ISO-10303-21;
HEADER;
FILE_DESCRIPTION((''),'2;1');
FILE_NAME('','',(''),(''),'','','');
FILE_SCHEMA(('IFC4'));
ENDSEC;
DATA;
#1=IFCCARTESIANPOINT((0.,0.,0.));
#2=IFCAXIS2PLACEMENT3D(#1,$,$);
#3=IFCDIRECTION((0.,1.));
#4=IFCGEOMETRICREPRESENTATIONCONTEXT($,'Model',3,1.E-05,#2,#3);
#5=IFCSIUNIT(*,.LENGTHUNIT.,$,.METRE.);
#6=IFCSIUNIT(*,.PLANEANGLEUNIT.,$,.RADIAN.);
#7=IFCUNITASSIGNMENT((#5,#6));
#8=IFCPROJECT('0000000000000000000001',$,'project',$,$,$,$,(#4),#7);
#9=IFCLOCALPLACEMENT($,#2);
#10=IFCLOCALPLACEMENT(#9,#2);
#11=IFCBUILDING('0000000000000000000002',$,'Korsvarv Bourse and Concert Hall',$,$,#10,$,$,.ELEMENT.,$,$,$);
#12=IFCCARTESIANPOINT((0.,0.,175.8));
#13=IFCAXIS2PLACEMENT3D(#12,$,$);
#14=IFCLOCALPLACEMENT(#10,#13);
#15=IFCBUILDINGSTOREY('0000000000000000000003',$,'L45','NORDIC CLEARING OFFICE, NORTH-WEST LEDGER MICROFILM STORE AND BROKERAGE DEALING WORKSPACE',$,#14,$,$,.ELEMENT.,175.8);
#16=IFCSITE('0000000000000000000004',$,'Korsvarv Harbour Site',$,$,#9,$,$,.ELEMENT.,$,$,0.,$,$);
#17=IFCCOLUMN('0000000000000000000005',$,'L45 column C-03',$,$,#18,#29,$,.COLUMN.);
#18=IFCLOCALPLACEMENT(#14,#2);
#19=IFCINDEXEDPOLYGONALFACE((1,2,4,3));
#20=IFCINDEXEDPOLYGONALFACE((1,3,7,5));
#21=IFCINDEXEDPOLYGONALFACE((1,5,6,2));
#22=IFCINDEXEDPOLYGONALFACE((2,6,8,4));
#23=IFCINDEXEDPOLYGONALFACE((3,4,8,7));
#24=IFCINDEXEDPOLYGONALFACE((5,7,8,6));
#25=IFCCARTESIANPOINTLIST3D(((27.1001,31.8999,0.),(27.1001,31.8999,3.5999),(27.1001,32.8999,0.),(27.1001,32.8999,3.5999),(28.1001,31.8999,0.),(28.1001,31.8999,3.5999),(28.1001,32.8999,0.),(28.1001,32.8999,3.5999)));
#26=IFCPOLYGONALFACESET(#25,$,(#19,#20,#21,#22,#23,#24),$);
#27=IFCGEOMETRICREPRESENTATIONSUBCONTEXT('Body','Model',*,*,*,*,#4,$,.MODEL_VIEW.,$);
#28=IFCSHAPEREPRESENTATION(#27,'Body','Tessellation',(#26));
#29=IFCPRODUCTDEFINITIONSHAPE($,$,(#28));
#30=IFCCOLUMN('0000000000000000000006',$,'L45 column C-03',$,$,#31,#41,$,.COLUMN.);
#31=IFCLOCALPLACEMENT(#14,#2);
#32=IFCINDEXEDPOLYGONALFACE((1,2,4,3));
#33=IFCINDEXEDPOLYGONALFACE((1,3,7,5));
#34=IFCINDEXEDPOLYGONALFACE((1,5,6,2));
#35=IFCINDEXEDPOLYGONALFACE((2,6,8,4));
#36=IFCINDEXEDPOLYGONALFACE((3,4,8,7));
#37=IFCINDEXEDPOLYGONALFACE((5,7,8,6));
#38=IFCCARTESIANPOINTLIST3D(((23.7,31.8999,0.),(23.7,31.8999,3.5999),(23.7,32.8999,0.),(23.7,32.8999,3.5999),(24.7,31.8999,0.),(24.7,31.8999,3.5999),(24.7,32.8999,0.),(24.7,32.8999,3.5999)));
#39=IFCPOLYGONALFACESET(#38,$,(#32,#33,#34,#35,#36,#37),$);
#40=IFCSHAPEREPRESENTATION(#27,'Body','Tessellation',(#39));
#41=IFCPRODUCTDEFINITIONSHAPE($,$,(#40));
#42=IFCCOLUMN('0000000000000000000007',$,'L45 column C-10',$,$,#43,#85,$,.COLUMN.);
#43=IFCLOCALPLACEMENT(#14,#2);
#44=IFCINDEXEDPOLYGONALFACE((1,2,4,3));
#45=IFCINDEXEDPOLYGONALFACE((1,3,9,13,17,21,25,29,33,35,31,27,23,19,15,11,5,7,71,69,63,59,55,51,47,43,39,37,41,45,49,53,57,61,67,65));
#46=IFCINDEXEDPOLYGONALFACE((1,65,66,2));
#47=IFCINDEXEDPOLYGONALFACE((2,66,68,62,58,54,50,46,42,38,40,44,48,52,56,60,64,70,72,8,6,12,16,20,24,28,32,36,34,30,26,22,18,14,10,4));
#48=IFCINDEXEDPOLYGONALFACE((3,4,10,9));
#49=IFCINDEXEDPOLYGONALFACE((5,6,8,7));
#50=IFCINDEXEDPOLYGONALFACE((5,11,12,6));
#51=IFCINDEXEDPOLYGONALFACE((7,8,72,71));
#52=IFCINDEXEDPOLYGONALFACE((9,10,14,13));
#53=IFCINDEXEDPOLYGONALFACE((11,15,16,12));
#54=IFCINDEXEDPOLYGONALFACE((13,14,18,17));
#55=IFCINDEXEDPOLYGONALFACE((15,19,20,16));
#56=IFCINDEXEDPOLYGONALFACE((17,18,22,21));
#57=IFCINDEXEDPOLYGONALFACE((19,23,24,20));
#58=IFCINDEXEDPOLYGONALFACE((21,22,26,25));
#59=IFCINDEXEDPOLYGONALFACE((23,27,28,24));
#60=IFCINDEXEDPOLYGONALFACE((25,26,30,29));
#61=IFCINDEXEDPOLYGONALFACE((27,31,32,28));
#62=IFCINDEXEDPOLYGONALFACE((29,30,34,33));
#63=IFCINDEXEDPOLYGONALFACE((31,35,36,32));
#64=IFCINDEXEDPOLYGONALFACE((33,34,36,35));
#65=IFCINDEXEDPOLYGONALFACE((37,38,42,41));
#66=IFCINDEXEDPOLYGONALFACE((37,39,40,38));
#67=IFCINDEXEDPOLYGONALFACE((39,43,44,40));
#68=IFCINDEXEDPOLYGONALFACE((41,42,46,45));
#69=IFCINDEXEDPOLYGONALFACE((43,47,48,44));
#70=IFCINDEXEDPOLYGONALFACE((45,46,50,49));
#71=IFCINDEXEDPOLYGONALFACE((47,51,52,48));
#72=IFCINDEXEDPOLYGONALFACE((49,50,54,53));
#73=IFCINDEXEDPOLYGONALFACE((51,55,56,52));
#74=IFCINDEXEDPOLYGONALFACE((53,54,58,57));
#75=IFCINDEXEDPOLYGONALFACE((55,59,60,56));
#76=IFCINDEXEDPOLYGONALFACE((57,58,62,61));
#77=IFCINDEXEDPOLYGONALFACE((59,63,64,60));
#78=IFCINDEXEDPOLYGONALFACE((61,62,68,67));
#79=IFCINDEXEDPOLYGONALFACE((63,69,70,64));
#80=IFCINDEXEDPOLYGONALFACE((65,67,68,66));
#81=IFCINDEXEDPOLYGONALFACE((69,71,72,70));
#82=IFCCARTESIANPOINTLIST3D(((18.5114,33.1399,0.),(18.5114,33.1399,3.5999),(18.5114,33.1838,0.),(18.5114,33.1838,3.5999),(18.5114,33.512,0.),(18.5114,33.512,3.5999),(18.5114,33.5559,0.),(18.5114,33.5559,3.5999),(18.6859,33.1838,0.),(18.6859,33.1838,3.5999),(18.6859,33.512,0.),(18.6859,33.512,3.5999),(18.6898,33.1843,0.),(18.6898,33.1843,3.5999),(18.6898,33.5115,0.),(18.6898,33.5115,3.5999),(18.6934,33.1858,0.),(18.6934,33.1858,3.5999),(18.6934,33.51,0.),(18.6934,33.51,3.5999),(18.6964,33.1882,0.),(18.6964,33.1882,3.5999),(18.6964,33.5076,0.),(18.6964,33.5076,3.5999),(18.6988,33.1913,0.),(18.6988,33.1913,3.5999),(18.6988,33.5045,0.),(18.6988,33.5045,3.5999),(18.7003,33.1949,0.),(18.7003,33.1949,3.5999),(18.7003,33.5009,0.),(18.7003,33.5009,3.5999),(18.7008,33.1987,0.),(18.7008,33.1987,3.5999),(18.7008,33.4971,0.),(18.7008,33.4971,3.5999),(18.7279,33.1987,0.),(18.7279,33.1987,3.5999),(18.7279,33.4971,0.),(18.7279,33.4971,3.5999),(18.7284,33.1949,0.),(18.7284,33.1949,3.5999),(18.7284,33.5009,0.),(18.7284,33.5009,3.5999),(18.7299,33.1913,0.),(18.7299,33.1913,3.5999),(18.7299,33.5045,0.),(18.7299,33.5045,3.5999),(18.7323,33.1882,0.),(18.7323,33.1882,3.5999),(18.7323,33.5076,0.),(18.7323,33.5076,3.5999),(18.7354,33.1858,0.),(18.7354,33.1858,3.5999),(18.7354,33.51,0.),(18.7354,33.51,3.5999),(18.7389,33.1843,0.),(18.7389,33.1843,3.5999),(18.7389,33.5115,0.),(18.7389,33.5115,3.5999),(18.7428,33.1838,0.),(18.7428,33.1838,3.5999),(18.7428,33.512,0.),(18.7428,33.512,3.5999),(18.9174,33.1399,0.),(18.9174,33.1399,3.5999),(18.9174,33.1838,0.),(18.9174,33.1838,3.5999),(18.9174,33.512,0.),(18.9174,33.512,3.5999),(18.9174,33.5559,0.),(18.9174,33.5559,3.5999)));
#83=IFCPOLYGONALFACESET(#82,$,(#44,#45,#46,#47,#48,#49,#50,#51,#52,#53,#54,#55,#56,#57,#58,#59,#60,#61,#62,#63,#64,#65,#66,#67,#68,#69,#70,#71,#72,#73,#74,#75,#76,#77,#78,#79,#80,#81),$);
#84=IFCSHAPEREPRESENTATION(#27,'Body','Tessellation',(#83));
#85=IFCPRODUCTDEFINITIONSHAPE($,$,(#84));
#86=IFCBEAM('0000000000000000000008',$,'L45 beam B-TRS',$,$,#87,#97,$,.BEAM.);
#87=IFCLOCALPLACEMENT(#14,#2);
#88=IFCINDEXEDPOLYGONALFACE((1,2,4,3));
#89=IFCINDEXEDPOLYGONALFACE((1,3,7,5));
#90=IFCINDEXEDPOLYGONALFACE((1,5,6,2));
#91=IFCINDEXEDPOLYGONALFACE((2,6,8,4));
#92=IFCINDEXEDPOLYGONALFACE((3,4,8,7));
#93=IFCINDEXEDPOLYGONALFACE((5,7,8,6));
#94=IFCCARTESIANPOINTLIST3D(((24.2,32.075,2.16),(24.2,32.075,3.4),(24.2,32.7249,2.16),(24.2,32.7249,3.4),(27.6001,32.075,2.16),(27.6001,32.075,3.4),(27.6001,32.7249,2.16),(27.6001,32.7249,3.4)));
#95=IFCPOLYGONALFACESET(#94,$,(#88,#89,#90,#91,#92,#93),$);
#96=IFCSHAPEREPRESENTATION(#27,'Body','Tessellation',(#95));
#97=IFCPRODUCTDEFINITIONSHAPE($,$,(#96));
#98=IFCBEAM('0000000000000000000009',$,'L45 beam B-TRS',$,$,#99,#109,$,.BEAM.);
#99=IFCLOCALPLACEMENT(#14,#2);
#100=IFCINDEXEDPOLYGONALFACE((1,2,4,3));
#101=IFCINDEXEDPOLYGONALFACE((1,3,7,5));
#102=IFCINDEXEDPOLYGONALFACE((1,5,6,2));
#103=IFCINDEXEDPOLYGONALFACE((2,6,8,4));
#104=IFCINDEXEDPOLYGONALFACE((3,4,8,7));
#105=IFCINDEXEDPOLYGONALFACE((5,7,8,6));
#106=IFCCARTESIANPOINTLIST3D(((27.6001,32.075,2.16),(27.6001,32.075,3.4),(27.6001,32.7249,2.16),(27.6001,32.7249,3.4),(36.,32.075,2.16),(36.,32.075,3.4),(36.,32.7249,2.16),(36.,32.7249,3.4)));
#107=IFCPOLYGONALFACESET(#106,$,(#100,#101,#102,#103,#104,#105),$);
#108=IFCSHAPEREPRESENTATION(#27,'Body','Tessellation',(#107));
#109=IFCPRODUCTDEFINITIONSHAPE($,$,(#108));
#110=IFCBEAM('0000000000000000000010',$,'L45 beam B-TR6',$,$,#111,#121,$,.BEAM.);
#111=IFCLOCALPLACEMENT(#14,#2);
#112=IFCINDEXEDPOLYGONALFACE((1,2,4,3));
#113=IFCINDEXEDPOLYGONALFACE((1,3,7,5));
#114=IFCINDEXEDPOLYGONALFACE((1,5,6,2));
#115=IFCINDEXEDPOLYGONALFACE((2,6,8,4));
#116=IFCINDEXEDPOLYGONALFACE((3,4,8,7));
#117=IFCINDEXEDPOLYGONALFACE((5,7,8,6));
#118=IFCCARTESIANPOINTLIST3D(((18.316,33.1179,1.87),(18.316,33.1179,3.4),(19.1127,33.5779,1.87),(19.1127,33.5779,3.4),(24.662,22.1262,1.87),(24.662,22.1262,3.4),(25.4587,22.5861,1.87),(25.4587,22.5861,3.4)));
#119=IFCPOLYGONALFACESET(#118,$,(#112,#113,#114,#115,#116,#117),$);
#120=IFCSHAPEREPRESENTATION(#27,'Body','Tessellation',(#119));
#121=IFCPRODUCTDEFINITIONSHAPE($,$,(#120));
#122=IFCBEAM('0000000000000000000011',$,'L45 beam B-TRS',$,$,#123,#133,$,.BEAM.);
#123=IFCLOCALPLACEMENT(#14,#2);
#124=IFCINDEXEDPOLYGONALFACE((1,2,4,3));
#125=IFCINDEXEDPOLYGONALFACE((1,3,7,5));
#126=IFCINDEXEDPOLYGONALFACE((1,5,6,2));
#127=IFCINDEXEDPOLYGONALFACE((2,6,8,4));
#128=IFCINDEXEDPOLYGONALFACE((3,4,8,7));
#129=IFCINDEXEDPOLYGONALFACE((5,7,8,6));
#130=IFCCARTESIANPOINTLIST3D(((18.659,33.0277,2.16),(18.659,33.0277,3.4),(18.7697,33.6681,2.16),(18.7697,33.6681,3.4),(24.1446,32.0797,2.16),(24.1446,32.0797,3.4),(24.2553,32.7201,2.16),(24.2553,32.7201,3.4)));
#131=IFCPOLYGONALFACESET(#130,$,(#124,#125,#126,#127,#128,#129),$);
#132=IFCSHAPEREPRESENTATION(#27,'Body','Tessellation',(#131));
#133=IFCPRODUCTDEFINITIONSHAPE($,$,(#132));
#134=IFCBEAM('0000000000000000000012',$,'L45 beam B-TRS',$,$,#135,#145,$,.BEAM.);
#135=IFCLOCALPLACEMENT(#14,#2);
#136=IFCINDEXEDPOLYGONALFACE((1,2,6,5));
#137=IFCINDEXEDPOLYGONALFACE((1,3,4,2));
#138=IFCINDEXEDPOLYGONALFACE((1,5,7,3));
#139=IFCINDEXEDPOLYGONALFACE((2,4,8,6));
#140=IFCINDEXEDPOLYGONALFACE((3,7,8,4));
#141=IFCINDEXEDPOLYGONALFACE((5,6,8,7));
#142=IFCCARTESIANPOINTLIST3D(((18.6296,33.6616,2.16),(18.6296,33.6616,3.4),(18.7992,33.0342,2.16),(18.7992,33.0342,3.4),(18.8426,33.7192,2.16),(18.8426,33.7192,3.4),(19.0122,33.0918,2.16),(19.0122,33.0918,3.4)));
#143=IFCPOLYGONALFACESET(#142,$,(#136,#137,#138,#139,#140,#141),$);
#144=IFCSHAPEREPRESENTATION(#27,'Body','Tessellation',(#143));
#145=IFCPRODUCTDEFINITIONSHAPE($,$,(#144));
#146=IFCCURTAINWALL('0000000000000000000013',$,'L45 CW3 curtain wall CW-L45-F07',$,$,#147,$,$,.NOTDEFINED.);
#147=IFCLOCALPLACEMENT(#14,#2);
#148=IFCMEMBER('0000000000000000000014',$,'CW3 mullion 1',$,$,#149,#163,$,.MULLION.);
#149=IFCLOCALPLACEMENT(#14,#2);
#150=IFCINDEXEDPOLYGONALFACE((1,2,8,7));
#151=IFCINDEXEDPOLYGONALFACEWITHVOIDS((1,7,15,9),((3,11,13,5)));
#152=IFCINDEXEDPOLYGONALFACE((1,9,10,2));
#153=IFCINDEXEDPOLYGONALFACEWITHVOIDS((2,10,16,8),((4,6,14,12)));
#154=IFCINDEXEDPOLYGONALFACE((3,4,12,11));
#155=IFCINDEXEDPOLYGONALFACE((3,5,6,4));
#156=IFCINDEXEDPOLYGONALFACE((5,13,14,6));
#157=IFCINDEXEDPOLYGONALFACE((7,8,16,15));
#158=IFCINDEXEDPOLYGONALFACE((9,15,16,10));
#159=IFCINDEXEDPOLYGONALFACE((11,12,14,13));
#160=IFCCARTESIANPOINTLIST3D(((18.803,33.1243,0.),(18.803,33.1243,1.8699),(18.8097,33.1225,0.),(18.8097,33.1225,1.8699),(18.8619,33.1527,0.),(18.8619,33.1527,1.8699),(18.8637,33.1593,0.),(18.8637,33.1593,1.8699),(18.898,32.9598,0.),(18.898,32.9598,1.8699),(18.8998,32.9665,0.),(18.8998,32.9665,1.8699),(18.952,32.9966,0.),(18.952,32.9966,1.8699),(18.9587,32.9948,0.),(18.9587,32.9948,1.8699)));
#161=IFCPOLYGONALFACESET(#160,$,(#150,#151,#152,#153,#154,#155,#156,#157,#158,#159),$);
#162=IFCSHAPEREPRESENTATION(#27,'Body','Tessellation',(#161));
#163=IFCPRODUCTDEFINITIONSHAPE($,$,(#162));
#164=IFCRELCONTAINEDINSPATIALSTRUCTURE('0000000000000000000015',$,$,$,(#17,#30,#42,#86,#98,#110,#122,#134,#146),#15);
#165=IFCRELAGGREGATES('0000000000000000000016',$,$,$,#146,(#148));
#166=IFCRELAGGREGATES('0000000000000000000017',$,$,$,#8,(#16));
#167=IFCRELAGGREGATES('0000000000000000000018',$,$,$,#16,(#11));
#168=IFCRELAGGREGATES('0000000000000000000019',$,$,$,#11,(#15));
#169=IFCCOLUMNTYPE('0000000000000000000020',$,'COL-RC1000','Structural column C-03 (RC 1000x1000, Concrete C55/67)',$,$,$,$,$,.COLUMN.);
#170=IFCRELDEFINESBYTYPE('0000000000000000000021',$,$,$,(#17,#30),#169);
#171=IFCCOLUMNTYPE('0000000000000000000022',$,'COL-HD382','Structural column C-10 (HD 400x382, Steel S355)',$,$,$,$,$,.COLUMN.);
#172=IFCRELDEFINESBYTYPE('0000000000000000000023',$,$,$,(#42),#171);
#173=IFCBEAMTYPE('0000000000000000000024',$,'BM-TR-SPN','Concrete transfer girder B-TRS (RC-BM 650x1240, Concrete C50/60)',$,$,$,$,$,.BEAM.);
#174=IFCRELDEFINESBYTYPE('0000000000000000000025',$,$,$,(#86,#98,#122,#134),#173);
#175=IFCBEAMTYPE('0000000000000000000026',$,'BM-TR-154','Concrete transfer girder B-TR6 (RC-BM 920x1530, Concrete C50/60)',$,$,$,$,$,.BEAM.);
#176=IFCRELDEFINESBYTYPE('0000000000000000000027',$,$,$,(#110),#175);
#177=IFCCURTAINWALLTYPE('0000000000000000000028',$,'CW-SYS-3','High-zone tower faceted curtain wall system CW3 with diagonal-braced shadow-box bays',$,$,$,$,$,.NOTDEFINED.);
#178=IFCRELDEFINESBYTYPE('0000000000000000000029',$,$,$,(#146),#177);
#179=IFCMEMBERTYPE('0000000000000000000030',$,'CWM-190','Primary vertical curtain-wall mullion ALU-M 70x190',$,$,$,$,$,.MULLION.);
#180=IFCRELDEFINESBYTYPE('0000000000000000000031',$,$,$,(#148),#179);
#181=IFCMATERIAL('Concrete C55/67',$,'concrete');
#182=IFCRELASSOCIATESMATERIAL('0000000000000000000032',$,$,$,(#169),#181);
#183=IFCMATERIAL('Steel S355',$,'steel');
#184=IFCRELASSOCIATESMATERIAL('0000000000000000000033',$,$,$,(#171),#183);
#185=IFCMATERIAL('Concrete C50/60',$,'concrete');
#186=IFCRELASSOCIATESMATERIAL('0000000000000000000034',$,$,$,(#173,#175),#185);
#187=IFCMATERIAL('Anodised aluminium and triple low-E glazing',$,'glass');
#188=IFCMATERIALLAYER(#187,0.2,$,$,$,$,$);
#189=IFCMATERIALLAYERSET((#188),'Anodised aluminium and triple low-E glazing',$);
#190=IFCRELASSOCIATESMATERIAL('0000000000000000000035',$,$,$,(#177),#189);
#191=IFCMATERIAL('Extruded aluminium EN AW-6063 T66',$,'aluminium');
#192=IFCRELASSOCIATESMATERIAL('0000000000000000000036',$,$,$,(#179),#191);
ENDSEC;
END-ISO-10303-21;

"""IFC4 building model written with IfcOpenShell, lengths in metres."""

from ifc_helpers import new_model, si_unit, direction, frame, origin, origin_2d, place, context, subcontext, project, spatial, rectangle, hollow_rectangle, i_section, extrude, source, transform, mapped, material, layer, layer_set, material_profile, profile_set, type_object, element, aggregate, save


model = new_model("IFC4")

# Units and contexts
model_context = context("Model", 3, precision=1e-05, world=origin(), true_north=direction((0.0, 1.0)))
body_context = subcontext(model_context, "Body", "Model", "MODEL_VIEW")
ifc_project = project(units=[si_unit("LENGTHUNIT", "METRE"), si_unit("PLANEANGLEUNIT", "RADIAN")], contexts=[model_context])

# Site, building, storey
site_placement = place(None, origin())
site = spatial("IfcSite", under=ifc_project, at=site_placement, Name="Korsvarv Harbour Site", CompositionType="ELEMENT", RefElevation=0.0)
building_placement = place(site_placement, origin())
building = spatial("IfcBuilding", under=site, at=building_placement, Name="Korsvarv Bourse and Concert Hall", CompositionType="ELEMENT")
storey_placement = place(building_placement, frame((0.0, 0.0, 175.8)))
storey = spatial("IfcBuildingStorey", under=building, at=storey_placement, Name="L45", Description="NORDIC CLEARING OFFICE, NORTH-WEST LEDGER MICROFILM STORE AND BROKERAGE DEALING WORKSPACE", CompositionType="ELEMENT", Elevation=175.8)

# Columns
ifc_material_1 = material(Name="Concrete C55/67", Category="concrete")
ifc_material_profile_1 = material_profile(ifc_material_1, rectangle(XDim=1.0, YDim=1.0, at=origin_2d()), Name="RC 1000x1000")
ifc_profile_set_1 = profile_set([ifc_material_profile_1], Name="Concrete C55/67")
column_type_1 = type_object("IfcColumnType", Name="COL-RC1000", Description="Structural column C-03 (RC 1000x1000, Concrete C55/67)", PredefinedType="COLUMN", material=ifc_profile_set_1)
shared_shape_1 = source(origin(), body_context, "Body", "SweptSolid", [
    extrude(rectangle(XDim=1.0, YDim=1.0, at=origin_2d()), origin(), (0.0, 0.0, 1.0), 3.5999),
])
for number, where, z_axis, x_axis, name in (
    (1, (27.6001, 32.3999, 0.0), (0.0, 0.0, 1.0), (1.0, 0.0, 0.0), "L45 column C-03"),
    (2, (24.2, 32.3999, 0.0), (0.0, 0.0, 1.0), (1.0, 0.0, 0.0), "L45 column C-03"),
):
    element("IfcColumn", number, at=place(storey_placement, frame(where, z_axis=z_axis, x_axis=x_axis)), inside=storey, type_object=column_type_1, Name=name, PredefinedType="COLUMN", context=body_context, shape_type="MappedRepresentation", body=[
        mapped(shared_shape_1, transform((0.0, 0.0, 0.0), scale=1.0)),
    ])
ifc_material_2 = material(Name="Steel S355", Category="steel")
ifc_material_profile_2 = material_profile(ifc_material_2, i_section(OverallWidth=0.406, OverallDepth=0.416, WebThickness=0.0271, FlangeThickness=0.0439, FilletRadius=0.0149, at=origin_2d()), Name="HD 400x382")
ifc_profile_set_2 = profile_set([ifc_material_profile_2], Name="Steel S355")
column_type_2 = type_object("IfcColumnType", Name="COL-HD382", Description="Structural column C-10 (HD 400x382, Steel S355)", PredefinedType="COLUMN", material=ifc_profile_set_2)
shared_shape_2 = source(origin(), body_context, "Body", "SweptSolid", [
    extrude(i_section(OverallWidth=0.406, OverallDepth=0.416, WebThickness=0.0271, FlangeThickness=0.0439, FilletRadius=0.0149, at=origin_2d()), origin(), (0.0, 0.0, 1.0), 3.5999),
])
column_placement = place(storey_placement, frame((18.7144, 33.3479, 0.0), z_axis=(0.0, 0.0, 1.0), x_axis=(1.0, 0.0, 0.0)))
element("IfcColumn", 3, at=column_placement, inside=storey, type_object=column_type_2, Name="L45 column C-10", PredefinedType="COLUMN", context=body_context, shape_type="MappedRepresentation", body=[
    mapped(shared_shape_2, transform((0.0, 0.0, 0.0), scale=1.0)),
])

# Beams
ifc_material_3 = material(Name="Concrete C50/60", Category="concrete")
ifc_material_profile_3 = material_profile(ifc_material_3, rectangle(XDim=0.6499, YDim=1.24, at=origin_2d()), Name="RC-BM 650x1240")
ifc_profile_set_3 = profile_set([ifc_material_profile_3], Name="Concrete C50/60")
beam_type_1 = type_object("IfcBeamType", Name="BM-TR-SPN", Description="Concrete transfer girder B-TRS (RC-BM 650x1240, Concrete C50/60)", PredefinedType="BEAM", material=ifc_profile_set_3)
shared_shape_3 = source(origin(), body_context, "Body", "SweptSolid", [
    extrude(rectangle(XDim=0.6499, YDim=1.24, at=origin_2d()), origin(), (0.0, 0.0, 1.0), 3.4001),
])
beam_1_placement = place(storey_placement, frame((24.2, 32.3999, 2.78), z_axis=(1.0, 0.0, 0.0), x_axis=(0.0, 1.0, 0.0)))
element("IfcBeam", 4, at=beam_1_placement, inside=storey, type_object=beam_type_1, Name="L45 beam B-TRS", PredefinedType="BEAM", context=body_context, shape_type="MappedRepresentation", body=[
    mapped(shared_shape_3, transform((0.0, 0.0, 0.0), scale=1.0)),
])
shared_shape_4 = source(origin(), body_context, "Body", "SweptSolid", [
    extrude(rectangle(XDim=0.6499, YDim=1.24, at=origin_2d()), origin(), (0.0, 0.0, 1.0), 8.3999),
])
beam_2_placement = place(storey_placement, frame((27.6001, 32.3999, 2.78), z_axis=(1.0, 0.0, 0.0), x_axis=(0.0, 1.0, 0.0)))
element("IfcBeam", 5, at=beam_2_placement, inside=storey, type_object=beam_type_1, Name="L45 beam B-TRS", PredefinedType="BEAM", context=body_context, shape_type="MappedRepresentation", body=[
    mapped(shared_shape_4, transform((0.0, 0.0, 0.0), scale=1.0)),
])
ifc_material_profile_4 = material_profile(ifc_material_3, rectangle(XDim=0.9199, YDim=1.53, at=origin_2d()), Name="RC-BM 920x1530")
ifc_profile_set_4 = profile_set([ifc_material_profile_4], Name="Concrete C50/60")
beam_type_2 = type_object("IfcBeamType", Name="BM-TR-154", Description="Concrete transfer girder B-TR6 (RC-BM 920x1530, Concrete C50/60)", PredefinedType="BEAM", material=ifc_profile_set_4)
shared_shape_5 = source(origin(), body_context, "Body", "SweptSolid", [
    extrude(rectangle(XDim=0.9199, YDim=1.53, at=origin_2d()), origin(), (0.0, 0.0, 1.0), 12.6921),
])
beam_3_placement = place(storey_placement, frame((18.7144, 33.3479, 2.635), z_axis=(0.499993, -0.866029, 0.0), x_axis=(0.866029, 0.499993, 0.0)))
element("IfcBeam", 6, at=beam_3_placement, inside=storey, type_object=beam_type_2, Name="L45 beam B-TR6", PredefinedType="BEAM", context=body_context, shape_type="MappedRepresentation", body=[
    mapped(shared_shape_5, transform((0.0, 0.0, 0.0), scale=1.0)),
])
shared_shape_6 = source(origin(), body_context, "Body", "SweptSolid", [
    extrude(rectangle(XDim=0.6499, YDim=1.24, at=origin_2d()), origin(), (0.0, 0.0, 1.0), 5.5669),
])
beam_4_placement = place(storey_placement, frame((18.7144, 33.3479, 2.78), z_axis=(0.985394, -0.170292, 0.0), x_axis=(0.170292, 0.985394, 0.0)))
element("IfcBeam", 7, at=beam_4_placement, inside=storey, type_object=beam_type_1, Name="L45 beam B-TRS", PredefinedType="BEAM", context=body_context, shape_type="MappedRepresentation", body=[
    mapped(shared_shape_6, transform((0.0, 0.0, 0.0), scale=1.0)),
])
shared_shape_7 = source(origin(), body_context, "Body", "SweptSolid", [
    extrude(rectangle(XDim=0.6499, YDim=1.24, at=origin_2d()), origin(), (0.0, 0.0, 1.0), 0.2207),
])
beam_5_placement = place(storey_placement, frame((18.7144, 33.3479, 2.78), z_axis=(0.965348, 0.260965, 0.0), x_axis=(-0.260965, 0.965348, 0.0)))
element("IfcBeam", 8, at=beam_5_placement, inside=storey, type_object=beam_type_1, Name="L45 beam B-TRS", PredefinedType="BEAM", context=body_context, shape_type="MappedRepresentation", body=[
    mapped(shared_shape_7, transform((0.0, 0.0, 0.0), scale=1.0)),
])

# Curtain wall, member
ifc_material_4 = material(Name="Anodised aluminium and triple low-E glazing", Category="glass")
ifc_layer_1 = layer(ifc_material_4, 0.2)
ifc_layer_set_1 = layer_set([ifc_layer_1], Name="Anodised aluminium and triple low-E glazing")
curtain_wall_type = type_object("IfcCurtainWallType", Name="CW-SYS-3", Description="High-zone tower faceted curtain wall system CW3 with diagonal-braced shadow-box bays", PredefinedType="NOTDEFINED", material=ifc_layer_set_1)
curtain_wall_placement = place(storey_placement, origin())
curtain_wall = element("IfcCurtainWall", 9, at=curtain_wall_placement, inside=storey, type_object=curtain_wall_type, Name="L45 CW3 curtain wall CW-L45-F07", PredefinedType="NOTDEFINED")
ifc_material_5 = material(Name="Extruded aluminium EN AW-6063 T66", Category="aluminium")
ifc_material_profile_5 = material_profile(ifc_material_5, hollow_rectangle(XDim=0.0701, YDim=0.1899, WallThickness=0.0049, at=origin_2d()), Name="ALU-M 70x190")
ifc_profile_set_5 = profile_set([ifc_material_profile_5], Name="Extruded aluminium EN AW-6063 T66")
member_type_1 = type_object("IfcMemberType", Name="CWM-190", Description="Primary vertical curtain-wall mullion ALU-M 70x190", PredefinedType="MULLION", material=ifc_profile_set_5)
shared_shape_8 = source(origin(), body_context, "Body", "SweptSolid", [
    extrude(hollow_rectangle(XDim=0.0701, YDim=0.1899, WallThickness=0.0049, at=origin_2d()), origin(), (0.0, 0.0, 1.0), 1.8699),
])
member_1_placement = place(storey_placement, frame((18.8809, 33.0596, 0.0), z_axis=(0.0, 0.0, 1.0), x_axis=(0.866029, 0.499994, 0.0)))
member_1 = element("IfcMember", 10, at=member_1_placement, type_object=member_type_1, Name="CW3 mullion 1", PredefinedType="MULLION", context=body_context, shape_type="MappedRepresentation", body=[
    mapped(shared_shape_8, transform((0.0, 0.0, 0.0), scale=1.0)),
])
aggregate(curtain_wall, [member_1])

save(model, "model.ifc")
